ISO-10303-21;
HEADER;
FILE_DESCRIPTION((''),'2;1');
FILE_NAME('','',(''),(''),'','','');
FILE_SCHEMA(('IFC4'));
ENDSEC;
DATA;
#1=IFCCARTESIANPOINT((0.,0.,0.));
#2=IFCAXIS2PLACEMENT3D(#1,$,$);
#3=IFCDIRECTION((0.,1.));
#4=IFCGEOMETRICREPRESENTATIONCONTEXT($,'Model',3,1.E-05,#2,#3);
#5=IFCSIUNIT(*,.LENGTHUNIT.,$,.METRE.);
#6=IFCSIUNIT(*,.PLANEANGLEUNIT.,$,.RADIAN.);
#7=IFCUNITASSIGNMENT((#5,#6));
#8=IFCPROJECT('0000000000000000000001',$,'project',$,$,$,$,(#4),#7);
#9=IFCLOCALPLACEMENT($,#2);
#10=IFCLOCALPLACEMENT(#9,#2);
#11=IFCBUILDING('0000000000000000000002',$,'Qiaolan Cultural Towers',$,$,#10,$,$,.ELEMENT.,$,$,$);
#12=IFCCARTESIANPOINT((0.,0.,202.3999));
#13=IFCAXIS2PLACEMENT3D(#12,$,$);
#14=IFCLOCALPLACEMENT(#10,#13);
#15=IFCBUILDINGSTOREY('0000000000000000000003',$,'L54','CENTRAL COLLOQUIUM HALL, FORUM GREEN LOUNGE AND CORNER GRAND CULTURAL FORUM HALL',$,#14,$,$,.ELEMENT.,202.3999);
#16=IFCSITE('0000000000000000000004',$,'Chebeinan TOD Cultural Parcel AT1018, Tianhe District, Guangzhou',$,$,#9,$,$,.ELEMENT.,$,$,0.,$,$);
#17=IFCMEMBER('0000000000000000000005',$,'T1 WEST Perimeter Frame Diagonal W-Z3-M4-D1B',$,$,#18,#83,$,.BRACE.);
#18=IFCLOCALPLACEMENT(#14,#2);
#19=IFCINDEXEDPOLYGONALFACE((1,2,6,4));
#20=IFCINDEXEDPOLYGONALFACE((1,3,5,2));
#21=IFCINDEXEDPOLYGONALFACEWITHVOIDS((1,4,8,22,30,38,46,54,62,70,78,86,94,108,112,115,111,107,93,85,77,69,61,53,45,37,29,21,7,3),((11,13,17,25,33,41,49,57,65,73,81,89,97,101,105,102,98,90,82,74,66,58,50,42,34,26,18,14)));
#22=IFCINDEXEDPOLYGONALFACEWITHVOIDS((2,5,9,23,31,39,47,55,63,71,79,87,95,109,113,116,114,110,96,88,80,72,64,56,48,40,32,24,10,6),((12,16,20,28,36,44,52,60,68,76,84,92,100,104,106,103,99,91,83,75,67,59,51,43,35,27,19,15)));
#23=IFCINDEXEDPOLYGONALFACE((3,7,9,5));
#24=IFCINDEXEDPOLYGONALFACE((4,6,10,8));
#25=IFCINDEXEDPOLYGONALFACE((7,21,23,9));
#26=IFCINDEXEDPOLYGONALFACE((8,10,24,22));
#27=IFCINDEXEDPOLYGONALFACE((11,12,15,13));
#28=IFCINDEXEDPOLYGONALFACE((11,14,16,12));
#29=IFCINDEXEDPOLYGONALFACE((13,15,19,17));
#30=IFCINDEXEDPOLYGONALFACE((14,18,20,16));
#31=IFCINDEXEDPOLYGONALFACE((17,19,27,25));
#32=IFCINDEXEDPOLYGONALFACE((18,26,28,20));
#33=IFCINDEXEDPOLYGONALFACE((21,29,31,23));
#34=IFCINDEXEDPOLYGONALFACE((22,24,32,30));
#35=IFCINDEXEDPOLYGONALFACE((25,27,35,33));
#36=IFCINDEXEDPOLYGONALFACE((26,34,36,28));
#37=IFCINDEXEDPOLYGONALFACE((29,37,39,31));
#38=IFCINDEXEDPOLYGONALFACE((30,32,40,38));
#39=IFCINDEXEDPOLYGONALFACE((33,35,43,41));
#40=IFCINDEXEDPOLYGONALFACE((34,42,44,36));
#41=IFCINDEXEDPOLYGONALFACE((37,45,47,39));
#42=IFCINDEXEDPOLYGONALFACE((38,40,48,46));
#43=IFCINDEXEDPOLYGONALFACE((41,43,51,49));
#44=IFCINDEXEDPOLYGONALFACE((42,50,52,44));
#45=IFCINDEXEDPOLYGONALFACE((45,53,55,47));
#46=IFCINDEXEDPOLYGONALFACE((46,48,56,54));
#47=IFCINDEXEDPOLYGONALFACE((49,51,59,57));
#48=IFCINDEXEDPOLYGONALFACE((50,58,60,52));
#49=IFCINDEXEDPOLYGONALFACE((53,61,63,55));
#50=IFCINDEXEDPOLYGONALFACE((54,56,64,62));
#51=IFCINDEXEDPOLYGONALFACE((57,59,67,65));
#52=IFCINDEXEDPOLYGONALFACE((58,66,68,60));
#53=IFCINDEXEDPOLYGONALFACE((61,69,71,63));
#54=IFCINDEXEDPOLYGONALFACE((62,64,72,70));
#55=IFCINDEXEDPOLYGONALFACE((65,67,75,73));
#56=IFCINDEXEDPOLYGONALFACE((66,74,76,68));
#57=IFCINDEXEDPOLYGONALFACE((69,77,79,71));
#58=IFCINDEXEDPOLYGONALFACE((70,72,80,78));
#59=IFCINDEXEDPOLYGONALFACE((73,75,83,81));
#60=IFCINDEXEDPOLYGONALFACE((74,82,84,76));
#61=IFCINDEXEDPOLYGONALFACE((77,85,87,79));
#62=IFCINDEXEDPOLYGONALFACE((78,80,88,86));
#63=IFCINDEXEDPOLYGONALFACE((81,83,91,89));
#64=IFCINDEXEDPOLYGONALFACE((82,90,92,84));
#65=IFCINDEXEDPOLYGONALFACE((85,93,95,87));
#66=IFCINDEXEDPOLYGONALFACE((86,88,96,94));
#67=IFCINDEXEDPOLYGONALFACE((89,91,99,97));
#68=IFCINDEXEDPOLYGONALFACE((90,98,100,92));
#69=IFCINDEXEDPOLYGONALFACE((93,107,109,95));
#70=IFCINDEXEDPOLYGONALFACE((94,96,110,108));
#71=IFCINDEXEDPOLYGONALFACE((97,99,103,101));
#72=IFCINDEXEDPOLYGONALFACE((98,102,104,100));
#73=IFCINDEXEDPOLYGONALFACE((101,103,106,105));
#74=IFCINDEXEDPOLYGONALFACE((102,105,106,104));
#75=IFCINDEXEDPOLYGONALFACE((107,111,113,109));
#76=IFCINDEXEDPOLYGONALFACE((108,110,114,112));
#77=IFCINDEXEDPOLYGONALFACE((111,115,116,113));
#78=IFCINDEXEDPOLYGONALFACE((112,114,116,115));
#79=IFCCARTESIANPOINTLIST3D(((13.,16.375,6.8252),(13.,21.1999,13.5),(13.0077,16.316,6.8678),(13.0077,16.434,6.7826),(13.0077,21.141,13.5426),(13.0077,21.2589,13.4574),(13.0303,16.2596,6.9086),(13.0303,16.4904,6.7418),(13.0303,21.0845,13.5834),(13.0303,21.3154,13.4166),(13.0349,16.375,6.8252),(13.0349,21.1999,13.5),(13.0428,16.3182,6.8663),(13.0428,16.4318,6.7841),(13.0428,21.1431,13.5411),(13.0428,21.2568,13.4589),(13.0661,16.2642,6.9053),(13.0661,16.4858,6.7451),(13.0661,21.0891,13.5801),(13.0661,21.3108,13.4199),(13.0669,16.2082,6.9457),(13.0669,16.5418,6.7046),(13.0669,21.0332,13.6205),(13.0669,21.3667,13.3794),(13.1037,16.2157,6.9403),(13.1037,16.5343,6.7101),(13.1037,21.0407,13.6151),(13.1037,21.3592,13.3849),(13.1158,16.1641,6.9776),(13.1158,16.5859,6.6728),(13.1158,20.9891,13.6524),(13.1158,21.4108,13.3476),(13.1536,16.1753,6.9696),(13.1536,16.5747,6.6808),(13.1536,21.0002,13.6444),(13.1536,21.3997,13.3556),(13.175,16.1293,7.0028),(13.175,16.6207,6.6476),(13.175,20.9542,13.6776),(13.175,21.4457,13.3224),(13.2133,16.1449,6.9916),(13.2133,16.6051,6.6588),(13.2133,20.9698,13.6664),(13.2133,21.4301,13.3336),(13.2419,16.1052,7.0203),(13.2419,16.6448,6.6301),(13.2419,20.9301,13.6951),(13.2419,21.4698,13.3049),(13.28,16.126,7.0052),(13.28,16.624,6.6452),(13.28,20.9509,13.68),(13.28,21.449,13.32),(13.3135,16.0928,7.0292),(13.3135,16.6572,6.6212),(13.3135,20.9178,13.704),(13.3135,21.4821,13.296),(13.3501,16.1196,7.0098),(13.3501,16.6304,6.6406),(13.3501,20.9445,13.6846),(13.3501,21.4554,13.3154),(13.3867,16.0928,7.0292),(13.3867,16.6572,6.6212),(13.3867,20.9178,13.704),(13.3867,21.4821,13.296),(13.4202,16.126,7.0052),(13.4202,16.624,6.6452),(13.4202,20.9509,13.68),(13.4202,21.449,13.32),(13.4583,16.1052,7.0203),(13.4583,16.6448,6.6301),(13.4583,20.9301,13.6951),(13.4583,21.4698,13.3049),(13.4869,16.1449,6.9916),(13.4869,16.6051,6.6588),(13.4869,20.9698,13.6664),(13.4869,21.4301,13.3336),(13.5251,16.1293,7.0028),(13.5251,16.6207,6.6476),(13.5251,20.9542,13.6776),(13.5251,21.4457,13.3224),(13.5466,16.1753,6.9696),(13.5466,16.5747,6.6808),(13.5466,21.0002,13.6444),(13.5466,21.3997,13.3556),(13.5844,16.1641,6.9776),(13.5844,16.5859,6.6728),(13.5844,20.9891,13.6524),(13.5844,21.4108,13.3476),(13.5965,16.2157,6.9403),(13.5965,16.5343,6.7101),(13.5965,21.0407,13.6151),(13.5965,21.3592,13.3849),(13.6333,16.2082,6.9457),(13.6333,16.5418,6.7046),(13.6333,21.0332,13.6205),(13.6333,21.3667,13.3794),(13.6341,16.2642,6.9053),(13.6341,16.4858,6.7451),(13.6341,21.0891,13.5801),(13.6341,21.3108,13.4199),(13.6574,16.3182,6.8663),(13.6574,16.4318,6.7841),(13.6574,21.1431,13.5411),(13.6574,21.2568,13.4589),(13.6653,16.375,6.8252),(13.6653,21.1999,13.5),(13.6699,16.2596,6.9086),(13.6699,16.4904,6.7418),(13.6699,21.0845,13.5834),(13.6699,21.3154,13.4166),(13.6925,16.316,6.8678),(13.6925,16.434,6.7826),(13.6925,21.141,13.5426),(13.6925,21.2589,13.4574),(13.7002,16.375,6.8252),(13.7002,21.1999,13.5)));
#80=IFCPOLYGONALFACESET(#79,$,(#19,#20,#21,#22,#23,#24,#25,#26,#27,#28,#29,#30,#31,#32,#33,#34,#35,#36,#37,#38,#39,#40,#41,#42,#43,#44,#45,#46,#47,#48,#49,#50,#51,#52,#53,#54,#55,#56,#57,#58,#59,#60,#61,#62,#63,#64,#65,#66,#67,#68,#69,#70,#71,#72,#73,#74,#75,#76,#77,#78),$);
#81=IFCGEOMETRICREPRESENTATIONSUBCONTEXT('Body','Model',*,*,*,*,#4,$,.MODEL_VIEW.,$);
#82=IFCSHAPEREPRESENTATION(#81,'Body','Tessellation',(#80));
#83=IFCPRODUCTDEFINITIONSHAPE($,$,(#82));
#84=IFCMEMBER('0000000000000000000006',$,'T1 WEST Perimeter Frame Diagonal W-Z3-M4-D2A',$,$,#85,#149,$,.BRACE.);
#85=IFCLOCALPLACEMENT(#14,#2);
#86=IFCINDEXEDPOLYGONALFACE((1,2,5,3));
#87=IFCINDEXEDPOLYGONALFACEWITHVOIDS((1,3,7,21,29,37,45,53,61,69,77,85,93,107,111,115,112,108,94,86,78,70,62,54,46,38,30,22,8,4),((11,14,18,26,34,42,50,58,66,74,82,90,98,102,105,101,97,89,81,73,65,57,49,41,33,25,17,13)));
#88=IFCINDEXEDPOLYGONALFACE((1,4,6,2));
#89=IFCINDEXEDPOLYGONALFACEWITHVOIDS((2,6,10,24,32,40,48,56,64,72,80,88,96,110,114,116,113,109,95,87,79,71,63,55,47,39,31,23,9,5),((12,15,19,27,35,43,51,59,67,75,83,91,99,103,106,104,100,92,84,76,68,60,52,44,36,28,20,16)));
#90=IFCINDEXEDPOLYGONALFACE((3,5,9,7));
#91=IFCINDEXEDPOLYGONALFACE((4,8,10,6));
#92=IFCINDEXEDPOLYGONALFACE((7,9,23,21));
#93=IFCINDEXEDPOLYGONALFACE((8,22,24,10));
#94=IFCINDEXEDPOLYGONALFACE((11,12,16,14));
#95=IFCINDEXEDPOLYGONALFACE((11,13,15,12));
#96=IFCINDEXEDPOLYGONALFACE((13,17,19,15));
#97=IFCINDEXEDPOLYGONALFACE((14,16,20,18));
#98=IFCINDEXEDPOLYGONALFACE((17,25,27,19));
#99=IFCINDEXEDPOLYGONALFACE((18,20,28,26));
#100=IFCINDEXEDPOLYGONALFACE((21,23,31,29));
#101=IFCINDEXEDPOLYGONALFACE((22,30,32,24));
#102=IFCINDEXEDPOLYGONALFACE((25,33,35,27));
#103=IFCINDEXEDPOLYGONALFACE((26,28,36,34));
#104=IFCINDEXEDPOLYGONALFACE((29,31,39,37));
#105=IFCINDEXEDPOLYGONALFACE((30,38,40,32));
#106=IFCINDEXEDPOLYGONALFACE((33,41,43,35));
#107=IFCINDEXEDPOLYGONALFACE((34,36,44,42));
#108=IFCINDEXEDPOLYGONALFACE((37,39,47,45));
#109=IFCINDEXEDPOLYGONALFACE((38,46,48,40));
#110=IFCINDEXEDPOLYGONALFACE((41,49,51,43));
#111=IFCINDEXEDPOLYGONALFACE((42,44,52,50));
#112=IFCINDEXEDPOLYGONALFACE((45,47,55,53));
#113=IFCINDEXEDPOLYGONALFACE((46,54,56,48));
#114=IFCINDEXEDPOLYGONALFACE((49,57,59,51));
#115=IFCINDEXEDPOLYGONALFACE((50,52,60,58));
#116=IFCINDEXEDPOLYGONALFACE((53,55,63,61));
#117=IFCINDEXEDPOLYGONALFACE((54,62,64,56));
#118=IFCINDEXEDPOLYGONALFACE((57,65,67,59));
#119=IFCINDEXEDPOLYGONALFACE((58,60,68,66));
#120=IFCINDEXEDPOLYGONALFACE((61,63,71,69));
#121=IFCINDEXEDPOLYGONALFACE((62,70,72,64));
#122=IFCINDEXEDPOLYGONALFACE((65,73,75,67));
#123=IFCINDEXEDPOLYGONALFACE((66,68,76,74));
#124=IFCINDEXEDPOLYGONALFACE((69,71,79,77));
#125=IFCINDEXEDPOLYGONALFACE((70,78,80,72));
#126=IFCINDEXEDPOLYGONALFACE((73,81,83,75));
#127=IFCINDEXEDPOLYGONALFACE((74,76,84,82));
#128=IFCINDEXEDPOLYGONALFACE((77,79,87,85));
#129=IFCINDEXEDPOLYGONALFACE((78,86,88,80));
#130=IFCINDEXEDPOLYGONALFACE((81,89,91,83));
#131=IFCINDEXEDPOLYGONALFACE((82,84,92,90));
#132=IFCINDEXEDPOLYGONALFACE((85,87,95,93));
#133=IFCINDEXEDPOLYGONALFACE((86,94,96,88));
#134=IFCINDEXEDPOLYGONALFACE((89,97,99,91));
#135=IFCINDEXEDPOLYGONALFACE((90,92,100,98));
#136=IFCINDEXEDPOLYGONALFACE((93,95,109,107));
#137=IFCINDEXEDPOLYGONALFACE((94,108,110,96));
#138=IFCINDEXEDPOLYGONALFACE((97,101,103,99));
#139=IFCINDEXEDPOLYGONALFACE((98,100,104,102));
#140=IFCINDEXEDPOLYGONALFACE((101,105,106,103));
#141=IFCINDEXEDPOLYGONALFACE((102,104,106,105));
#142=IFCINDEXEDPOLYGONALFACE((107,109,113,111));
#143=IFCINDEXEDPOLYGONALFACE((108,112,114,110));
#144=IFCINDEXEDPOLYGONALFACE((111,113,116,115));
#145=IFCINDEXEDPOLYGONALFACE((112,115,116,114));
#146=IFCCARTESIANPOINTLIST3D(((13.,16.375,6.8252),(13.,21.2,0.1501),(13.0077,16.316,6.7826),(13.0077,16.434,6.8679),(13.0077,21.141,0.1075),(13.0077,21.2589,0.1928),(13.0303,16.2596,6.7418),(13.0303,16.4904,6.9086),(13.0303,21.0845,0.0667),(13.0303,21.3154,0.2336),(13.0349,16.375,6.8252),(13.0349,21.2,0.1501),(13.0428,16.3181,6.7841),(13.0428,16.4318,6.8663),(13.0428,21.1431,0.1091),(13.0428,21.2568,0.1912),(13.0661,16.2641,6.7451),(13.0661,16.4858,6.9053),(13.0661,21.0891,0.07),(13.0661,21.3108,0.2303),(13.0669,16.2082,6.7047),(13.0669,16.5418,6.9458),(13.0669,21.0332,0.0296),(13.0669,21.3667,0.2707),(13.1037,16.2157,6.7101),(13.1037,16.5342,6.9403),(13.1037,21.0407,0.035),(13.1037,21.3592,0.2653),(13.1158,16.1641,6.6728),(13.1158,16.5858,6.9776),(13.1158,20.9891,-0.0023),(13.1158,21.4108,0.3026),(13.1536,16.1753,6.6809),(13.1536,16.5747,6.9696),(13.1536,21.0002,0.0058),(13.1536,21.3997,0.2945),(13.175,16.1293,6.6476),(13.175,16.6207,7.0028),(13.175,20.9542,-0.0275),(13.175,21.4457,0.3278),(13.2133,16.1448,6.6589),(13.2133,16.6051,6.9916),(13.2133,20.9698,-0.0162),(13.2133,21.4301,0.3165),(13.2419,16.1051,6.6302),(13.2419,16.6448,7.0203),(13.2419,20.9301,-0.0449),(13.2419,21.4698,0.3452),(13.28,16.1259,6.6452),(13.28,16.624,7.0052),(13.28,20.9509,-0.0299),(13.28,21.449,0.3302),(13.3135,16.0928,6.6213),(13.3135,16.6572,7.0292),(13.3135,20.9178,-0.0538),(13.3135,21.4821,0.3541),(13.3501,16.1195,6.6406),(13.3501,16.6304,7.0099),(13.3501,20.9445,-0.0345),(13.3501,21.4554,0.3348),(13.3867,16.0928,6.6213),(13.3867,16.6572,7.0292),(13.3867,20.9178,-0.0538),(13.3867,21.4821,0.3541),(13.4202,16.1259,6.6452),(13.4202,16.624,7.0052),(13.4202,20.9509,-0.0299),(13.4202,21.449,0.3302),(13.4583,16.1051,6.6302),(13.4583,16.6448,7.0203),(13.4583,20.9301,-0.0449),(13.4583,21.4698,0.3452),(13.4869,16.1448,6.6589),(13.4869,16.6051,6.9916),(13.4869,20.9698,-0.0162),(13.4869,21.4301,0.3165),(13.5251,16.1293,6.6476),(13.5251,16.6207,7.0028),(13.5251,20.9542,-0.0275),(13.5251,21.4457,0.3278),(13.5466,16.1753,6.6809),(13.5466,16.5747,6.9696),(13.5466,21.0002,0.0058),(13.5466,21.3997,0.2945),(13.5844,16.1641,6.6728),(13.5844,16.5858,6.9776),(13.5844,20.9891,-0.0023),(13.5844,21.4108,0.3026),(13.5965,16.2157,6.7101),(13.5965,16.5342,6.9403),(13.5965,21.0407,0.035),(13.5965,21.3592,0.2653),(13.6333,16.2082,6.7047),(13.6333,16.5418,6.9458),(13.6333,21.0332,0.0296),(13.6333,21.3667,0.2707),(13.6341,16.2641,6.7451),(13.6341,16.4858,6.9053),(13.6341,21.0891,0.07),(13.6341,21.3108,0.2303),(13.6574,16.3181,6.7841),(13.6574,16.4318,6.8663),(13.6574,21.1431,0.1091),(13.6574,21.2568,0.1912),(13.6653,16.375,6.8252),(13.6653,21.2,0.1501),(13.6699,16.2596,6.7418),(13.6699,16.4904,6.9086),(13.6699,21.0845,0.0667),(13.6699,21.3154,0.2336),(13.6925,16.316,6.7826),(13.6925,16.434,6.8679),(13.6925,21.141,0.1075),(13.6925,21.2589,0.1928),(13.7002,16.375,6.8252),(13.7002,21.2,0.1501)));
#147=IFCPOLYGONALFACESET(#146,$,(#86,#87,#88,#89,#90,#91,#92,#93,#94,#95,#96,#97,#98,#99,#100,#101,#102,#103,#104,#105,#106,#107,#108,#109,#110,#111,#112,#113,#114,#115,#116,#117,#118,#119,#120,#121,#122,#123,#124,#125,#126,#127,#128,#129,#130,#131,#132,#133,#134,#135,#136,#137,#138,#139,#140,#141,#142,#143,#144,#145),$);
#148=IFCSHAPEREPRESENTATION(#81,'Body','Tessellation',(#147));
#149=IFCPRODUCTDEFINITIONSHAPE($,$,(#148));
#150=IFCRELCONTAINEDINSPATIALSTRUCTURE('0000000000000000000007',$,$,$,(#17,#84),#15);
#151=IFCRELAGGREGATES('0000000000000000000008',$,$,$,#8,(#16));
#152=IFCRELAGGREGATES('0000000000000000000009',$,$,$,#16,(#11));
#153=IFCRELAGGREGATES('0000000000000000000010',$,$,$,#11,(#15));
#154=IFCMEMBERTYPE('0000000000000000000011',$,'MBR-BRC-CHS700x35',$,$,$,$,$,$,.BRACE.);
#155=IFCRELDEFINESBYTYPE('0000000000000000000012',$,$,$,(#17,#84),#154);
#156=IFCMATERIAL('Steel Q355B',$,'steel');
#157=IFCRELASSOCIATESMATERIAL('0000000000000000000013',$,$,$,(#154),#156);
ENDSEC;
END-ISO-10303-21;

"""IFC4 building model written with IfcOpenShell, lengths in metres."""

from ifc_helpers import new_model, si_unit, direction, frame, origin, origin_2d, place, context, subcontext, project, spatial, hollow_circle, extrude, material, material_profile, profile_set, type_object, element, save


model = new_model("IFC4")

# Units and contexts
model_context = context("Model", 3, precision=1e-05, world=origin(), true_north=direction((0.0, 1.0)))
body_context = subcontext(model_context, "Body", "Model", "MODEL_VIEW")
ifc_project = project(units=[si_unit("LENGTHUNIT", "METRE"), si_unit("PLANEANGLEUNIT", "RADIAN")], contexts=[model_context])

# Site, building, storey
site_placement = place(None, origin())
site = spatial("IfcSite", under=ifc_project, at=site_placement, Name="Chebeinan TOD Cultural Parcel AT1018, Tianhe District, Guangzhou", CompositionType="ELEMENT", RefElevation=0.0)
building_placement = place(site_placement, origin())
building = spatial("IfcBuilding", under=site, at=building_placement, Name="Qiaolan Cultural Towers", CompositionType="ELEMENT")
storey_placement = place(building_placement, frame((0.0, 0.0, 202.3999)))
storey = spatial("IfcBuildingStorey", under=building, at=storey_placement, Name="L54", Description="CENTRAL COLLOQUIUM HALL, FORUM GREEN LOUNGE AND CORNER GRAND CULTURAL FORUM HALL", CompositionType="ELEMENT", Elevation=202.3999)

# Members
ifc_material_1 = material(Name="Steel Q355B", Category="steel")
ifc_material_profile_1 = material_profile(ifc_material_1, hollow_circle(Radius=0.3501, WallThickness=0.0349, at=origin_2d()), Name="CHS700x35")
ifc_profile_set_1 = profile_set([ifc_material_profile_1], Name="Steel Q355B")
member_type = type_object("IfcMemberType", Name="MBR-BRC-CHS700x35", PredefinedType="BRACE", material=ifc_profile_set_1)
member_1_placement = place(storey_placement, frame((13.3501, 16.375, 6.8252), z_axis=(0.0, 0.58583, 0.810434), x_axis=(-1.0, 0.0, 0.0)))
element("IfcMember", 1, at=member_1_placement, inside=storey, type_object=member_type, Name="T1 WEST Perimeter Frame Diagonal W-Z3-M4-D1B", PredefinedType="BRACE", context=body_context, shape_type="SweptSolid", body=[
    extrude(hollow_circle(Radius=0.3501, WallThickness=0.0349, at=origin_2d()), origin(), (0.0, 0.0, 1.0), 8.2361),
])
member_2_placement = place(storey_placement, frame((13.3501, 21.2, 0.1501), z_axis=(0.0, -0.585816, 0.810444), x_axis=(1.0, 0.0, 0.0)))
element("IfcMember", 2, at=member_2_placement, inside=storey, type_object=member_type, Name="T1 WEST Perimeter Frame Diagonal W-Z3-M4-D2A", PredefinedType="BRACE", context=body_context, shape_type="SweptSolid", body=[
    extrude(hollow_circle(Radius=0.3501, WallThickness=0.0349, at=origin_2d()), origin(), (0.0, 0.0, 1.0), 8.2363),
])

save(model, "model.ifc")
